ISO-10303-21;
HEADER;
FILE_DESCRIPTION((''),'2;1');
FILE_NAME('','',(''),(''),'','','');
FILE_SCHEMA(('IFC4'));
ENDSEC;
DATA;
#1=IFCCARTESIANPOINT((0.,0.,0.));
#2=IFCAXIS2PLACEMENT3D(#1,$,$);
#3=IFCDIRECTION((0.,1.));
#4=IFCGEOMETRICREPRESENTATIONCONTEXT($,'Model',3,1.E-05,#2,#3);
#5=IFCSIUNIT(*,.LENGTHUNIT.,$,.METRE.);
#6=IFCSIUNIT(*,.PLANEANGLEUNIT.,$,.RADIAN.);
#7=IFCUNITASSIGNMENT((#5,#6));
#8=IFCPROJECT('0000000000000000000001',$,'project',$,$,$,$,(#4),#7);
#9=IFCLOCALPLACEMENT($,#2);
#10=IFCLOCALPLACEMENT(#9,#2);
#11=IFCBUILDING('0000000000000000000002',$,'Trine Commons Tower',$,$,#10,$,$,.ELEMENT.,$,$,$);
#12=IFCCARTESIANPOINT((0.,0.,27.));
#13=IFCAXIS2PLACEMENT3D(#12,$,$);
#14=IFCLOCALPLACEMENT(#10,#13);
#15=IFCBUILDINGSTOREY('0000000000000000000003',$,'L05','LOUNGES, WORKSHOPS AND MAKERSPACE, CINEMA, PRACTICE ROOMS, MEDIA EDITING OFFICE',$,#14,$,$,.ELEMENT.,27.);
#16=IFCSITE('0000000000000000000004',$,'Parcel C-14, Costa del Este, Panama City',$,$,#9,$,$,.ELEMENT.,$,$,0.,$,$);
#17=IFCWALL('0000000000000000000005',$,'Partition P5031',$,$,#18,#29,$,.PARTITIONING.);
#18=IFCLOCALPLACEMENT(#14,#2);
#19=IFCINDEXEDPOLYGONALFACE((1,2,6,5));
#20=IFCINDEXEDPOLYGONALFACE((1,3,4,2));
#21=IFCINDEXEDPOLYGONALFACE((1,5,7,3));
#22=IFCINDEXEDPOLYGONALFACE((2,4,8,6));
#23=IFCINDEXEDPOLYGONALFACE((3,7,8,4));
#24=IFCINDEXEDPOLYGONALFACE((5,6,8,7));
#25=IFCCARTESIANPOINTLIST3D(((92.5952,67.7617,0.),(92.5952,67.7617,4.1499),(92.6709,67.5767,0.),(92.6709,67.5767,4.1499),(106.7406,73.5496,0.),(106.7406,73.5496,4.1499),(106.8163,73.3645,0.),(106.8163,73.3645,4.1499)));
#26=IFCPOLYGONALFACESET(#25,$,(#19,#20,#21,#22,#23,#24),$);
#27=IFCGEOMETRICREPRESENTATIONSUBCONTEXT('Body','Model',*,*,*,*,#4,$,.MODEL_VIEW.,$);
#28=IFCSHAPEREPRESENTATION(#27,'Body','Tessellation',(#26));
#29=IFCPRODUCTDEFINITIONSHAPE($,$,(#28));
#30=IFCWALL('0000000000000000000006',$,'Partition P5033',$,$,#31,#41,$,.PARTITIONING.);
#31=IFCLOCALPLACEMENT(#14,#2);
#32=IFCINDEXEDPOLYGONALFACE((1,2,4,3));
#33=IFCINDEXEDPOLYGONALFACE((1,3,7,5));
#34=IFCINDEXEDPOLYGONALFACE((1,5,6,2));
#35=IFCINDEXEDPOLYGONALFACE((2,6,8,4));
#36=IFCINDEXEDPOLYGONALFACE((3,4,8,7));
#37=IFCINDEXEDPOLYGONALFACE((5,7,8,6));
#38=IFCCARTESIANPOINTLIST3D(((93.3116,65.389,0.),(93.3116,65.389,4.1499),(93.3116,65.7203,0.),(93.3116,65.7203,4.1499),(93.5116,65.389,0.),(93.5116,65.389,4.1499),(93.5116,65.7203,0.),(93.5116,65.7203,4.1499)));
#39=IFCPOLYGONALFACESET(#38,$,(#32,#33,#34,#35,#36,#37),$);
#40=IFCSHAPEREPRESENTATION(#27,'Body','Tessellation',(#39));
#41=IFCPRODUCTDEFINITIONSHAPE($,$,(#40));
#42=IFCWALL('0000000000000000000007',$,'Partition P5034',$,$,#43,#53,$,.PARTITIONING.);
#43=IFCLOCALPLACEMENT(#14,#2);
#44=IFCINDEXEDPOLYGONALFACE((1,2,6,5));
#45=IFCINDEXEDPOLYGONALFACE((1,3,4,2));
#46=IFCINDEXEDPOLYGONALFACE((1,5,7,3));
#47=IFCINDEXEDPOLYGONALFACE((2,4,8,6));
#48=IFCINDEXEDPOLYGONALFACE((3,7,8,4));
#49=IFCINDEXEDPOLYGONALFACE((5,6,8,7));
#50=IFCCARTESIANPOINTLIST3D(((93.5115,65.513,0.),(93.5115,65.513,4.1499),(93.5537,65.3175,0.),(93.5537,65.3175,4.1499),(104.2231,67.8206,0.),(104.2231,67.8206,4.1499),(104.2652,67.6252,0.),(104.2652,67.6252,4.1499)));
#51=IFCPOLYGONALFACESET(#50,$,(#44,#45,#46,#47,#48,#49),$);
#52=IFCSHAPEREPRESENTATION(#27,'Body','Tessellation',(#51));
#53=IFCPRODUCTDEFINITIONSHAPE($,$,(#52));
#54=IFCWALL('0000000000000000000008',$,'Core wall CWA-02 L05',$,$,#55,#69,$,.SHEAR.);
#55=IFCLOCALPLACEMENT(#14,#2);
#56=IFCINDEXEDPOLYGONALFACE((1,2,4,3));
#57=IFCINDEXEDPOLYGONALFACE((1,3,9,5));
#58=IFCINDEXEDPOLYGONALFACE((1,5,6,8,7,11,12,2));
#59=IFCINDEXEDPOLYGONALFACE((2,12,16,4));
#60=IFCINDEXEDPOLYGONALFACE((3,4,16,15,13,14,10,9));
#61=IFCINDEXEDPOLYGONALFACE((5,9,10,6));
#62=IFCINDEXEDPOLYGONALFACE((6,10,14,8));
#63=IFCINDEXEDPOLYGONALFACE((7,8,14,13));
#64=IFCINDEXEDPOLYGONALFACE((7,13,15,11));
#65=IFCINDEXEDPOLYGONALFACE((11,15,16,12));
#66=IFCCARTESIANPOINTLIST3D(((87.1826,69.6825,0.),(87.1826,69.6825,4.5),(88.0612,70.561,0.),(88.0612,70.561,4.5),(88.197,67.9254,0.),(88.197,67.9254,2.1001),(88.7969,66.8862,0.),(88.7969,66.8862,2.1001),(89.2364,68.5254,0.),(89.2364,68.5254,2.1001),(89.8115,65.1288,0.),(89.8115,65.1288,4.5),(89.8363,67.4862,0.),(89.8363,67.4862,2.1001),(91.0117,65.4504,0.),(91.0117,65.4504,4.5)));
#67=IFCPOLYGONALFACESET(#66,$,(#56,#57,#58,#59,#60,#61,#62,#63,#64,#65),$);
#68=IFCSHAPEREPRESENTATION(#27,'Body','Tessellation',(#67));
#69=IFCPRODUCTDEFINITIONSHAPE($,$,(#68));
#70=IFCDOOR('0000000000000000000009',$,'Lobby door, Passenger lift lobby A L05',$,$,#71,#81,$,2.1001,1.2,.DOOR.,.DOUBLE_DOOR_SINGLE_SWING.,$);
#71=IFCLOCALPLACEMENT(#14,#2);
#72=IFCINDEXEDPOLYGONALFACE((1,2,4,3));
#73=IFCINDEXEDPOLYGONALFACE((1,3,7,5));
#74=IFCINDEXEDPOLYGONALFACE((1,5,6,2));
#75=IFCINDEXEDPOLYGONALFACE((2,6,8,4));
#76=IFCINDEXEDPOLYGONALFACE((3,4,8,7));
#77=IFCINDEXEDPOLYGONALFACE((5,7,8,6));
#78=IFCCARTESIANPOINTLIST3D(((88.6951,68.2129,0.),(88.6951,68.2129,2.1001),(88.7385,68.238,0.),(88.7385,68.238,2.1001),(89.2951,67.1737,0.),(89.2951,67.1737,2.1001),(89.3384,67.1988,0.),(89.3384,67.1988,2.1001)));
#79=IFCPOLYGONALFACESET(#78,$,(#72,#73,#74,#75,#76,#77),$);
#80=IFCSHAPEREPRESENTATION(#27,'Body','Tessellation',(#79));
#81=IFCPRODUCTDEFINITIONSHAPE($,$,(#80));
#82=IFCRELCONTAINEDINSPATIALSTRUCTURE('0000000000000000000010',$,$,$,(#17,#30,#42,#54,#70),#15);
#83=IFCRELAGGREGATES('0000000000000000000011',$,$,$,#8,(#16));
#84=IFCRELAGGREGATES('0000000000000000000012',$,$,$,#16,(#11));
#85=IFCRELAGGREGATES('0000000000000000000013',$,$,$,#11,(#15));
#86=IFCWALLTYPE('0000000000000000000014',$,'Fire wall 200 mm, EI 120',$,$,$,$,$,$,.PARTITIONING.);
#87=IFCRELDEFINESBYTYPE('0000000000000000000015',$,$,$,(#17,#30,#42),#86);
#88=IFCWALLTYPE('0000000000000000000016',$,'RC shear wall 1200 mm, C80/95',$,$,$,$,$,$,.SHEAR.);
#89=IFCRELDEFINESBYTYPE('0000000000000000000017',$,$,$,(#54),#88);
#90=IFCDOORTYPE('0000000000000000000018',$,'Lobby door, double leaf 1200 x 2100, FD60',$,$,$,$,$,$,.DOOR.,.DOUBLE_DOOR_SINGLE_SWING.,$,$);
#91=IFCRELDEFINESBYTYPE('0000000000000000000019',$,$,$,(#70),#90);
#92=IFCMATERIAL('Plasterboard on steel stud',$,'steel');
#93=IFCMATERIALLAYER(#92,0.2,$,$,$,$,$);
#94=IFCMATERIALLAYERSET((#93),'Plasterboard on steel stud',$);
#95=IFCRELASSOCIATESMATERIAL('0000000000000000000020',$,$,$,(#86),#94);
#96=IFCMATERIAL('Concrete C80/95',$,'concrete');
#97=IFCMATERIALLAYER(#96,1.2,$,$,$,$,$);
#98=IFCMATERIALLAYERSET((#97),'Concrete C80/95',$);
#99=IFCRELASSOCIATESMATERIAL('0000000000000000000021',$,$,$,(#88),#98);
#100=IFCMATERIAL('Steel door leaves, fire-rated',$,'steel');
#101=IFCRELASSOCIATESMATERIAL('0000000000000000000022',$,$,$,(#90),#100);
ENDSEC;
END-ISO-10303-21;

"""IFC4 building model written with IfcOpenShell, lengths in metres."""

from ifc_helpers import new_model, si_unit, direction, frame, frame_2d, origin, place, context, subcontext, project, spatial, polyline, rectangle, outline, extrude, material, layer, layer_set, type_object, element, fill, save


model = new_model("IFC4")

# Units and contexts
model_context = context("Model", 3, precision=1e-05, world=origin(), true_north=direction((0.0, 1.0)))
body_context = subcontext(model_context, "Body", "Model", "MODEL_VIEW")
ifc_project = project(units=[si_unit("LENGTHUNIT", "METRE"), si_unit("PLANEANGLEUNIT", "RADIAN")], contexts=[model_context])

# Site, building, storey
site_placement = place(None, origin())
site = spatial("IfcSite", under=ifc_project, at=site_placement, Name="Parcel C-14, Costa del Este, Panama City", CompositionType="ELEMENT", RefElevation=0.0)
building_placement = place(site_placement, origin())
building = spatial("IfcBuilding", under=site, at=building_placement, Name="Trine Commons Tower", CompositionType="ELEMENT")
storey_placement = place(building_placement, frame((0.0, 0.0, 27.0)))
storey = spatial("IfcBuildingStorey", under=building, at=storey_placement, Name="L05", Description="LOUNGES, WORKSHOPS AND MAKERSPACE, CINEMA, PRACTICE ROOMS, MEDIA EDITING OFFICE", CompositionType="ELEMENT", Elevation=27.0)

# Shared definitions
ifc_material_1 = material(Name="Concrete C80/95", Category="concrete")

# Shared definitions
ifc_material_2 = material(Name="Plasterboard on steel stud", Category="steel")
ifc_layer_1 = layer(ifc_material_2, 0.2)
ifc_layer_set_1 = layer_set([ifc_layer_1], Name="Plasterboard on steel stud")
wall_type_1 = type_object("IfcWallType", Name="Fire wall 200 mm, EI 120", PredefinedType="PARTITIONING", material=ifc_layer_set_1)

# Walls
wall_1_placement = place(storey_placement, frame((92.6331, 67.6692, 0.0), z_axis=(0.0, 0.0, 1.0), x_axis=(0.925521, 0.378697, 0.0)))
element("IfcWall", 1, at=wall_1_placement, inside=storey, type_object=wall_type_1, Name="Partition P5031", PredefinedType="PARTITIONING", context=body_context, shape_type="SweptSolid", body=[
    extrude(rectangle(XDim=15.2837, YDim=0.2, at=frame_2d((7.6418, 0.0))), origin(), (0.0, 0.0, 1.0), 4.1499),
])
wall_2_placement = place(storey_placement, frame((93.4116, 65.3892, 0.0), z_axis=(0.0, 0.0, 1.0), x_axis=(0.0, 1.0, 0.0)))
element("IfcWall", 2, at=wall_2_placement, inside=storey, type_object=wall_type_1, Name="Partition P5033", PredefinedType="PARTITIONING", context=body_context, shape_type="SweptSolid", body=[
    extrude(rectangle(XDim=0.3313, YDim=0.2, at=frame_2d((0.1655, 0.0))), origin(), (0.0, 0.0, 1.0), 4.1499),
])
wall_3_placement = place(storey_placement, frame((93.5327, 65.4153, 0.0), z_axis=(0.0, 0.0, 1.0), x_axis=(0.977572, 0.210603, 0.0)))
element("IfcWall", 3, at=wall_3_placement, inside=storey, type_object=wall_type_1, Name="Partition P5034", PredefinedType="PARTITIONING", context=body_context, shape_type="SweptSolid", body=[
    extrude(rectangle(XDim=10.9573, YDim=0.2, at=frame_2d((5.4785, 0.0))), origin(), (0.0, 0.0, 1.0), 4.1499),
])

# Wall, opening, door
ifc_layer_2 = layer(ifc_material_1, 1.2)
ifc_layer_set_2 = layer_set([ifc_layer_2], Name="Concrete C80/95")
wall_type_2 = type_object("IfcWallType", Name="RC shear wall 1200 mm, C80/95", PredefinedType="SHEAR", material=ifc_layer_set_2)
wall_4_placement = place(storey_placement, frame((90.4919, 65.1504, 0.0), z_axis=(0.0, 0.0, 1.0), x_axis=(-0.499979, 0.866037, 0.0)))
wall_4 = element("IfcWall", 4, at=wall_4_placement, inside=storey, type_object=wall_type_2, Name="Core wall CWA-02 L05", PredefinedType="SHEAR", context=body_context, shape_type="SweptSolid", body=[
    extrude(outline(polyline([(0.0, -0.6001), (5.9011, -0.6001), (5.5796, 0.6001), (0.3215, 0.6001), (0.0, -0.6001)])), origin(), (0.0, 0.0, 1.0), 4.5),
])
opening_1_placement = place(wall_4_placement, frame((2.3506, 0.0, 0.0)))
opening_1 = element("IfcOpeningElement", 5, at=opening_1_placement, cuts=wall_4, PredefinedType="OPENING", context=body_context, shape_type="SweptSolid", body=[
    extrude(rectangle(XDim=1.2, YDim=2.1001, at=frame_2d((0.6001, 1.05))), frame((0.0, 0.6099, 0.0), z_axis=(0.0, -1.0, 0.0), x_axis=(1.0, 0.0, 0.0)), (0.0, 0.0, 1.0), 1.22),
])
ifc_material_3 = material(Name="Steel door leaves, fire-rated", Category="steel")
door_type_1 = type_object("IfcDoorType", Name="Lobby door, double leaf 1200 x 2100, FD60", OperationType="DOUBLE_DOOR_SINGLE_SWING", PredefinedType="DOOR", material=ifc_material_3)
door_1_placement = place(opening_1_placement, origin())
door_1 = element("IfcDoor", 6, at=door_1_placement, inside=storey, type_object=door_type_1, Name="Lobby door, Passenger lift lobby A L05", OperationType="DOUBLE_DOOR_SINGLE_SWING", OverallHeight=2.1001, OverallWidth=1.2, PredefinedType="DOOR", context=body_context, shape_type="SweptSolid", body=[
    extrude(rectangle(XDim=1.2, YDim=2.1001, at=frame_2d((0.6001, 1.05))), frame((0.0, 0.0249, 0.0), z_axis=(0.0, -1.0, 0.0), x_axis=(1.0, 0.0, 0.0)), (0.0, 0.0, 1.0), 0.05),
])
fill(opening_1, door_1)

save(model, "model.ifc")
